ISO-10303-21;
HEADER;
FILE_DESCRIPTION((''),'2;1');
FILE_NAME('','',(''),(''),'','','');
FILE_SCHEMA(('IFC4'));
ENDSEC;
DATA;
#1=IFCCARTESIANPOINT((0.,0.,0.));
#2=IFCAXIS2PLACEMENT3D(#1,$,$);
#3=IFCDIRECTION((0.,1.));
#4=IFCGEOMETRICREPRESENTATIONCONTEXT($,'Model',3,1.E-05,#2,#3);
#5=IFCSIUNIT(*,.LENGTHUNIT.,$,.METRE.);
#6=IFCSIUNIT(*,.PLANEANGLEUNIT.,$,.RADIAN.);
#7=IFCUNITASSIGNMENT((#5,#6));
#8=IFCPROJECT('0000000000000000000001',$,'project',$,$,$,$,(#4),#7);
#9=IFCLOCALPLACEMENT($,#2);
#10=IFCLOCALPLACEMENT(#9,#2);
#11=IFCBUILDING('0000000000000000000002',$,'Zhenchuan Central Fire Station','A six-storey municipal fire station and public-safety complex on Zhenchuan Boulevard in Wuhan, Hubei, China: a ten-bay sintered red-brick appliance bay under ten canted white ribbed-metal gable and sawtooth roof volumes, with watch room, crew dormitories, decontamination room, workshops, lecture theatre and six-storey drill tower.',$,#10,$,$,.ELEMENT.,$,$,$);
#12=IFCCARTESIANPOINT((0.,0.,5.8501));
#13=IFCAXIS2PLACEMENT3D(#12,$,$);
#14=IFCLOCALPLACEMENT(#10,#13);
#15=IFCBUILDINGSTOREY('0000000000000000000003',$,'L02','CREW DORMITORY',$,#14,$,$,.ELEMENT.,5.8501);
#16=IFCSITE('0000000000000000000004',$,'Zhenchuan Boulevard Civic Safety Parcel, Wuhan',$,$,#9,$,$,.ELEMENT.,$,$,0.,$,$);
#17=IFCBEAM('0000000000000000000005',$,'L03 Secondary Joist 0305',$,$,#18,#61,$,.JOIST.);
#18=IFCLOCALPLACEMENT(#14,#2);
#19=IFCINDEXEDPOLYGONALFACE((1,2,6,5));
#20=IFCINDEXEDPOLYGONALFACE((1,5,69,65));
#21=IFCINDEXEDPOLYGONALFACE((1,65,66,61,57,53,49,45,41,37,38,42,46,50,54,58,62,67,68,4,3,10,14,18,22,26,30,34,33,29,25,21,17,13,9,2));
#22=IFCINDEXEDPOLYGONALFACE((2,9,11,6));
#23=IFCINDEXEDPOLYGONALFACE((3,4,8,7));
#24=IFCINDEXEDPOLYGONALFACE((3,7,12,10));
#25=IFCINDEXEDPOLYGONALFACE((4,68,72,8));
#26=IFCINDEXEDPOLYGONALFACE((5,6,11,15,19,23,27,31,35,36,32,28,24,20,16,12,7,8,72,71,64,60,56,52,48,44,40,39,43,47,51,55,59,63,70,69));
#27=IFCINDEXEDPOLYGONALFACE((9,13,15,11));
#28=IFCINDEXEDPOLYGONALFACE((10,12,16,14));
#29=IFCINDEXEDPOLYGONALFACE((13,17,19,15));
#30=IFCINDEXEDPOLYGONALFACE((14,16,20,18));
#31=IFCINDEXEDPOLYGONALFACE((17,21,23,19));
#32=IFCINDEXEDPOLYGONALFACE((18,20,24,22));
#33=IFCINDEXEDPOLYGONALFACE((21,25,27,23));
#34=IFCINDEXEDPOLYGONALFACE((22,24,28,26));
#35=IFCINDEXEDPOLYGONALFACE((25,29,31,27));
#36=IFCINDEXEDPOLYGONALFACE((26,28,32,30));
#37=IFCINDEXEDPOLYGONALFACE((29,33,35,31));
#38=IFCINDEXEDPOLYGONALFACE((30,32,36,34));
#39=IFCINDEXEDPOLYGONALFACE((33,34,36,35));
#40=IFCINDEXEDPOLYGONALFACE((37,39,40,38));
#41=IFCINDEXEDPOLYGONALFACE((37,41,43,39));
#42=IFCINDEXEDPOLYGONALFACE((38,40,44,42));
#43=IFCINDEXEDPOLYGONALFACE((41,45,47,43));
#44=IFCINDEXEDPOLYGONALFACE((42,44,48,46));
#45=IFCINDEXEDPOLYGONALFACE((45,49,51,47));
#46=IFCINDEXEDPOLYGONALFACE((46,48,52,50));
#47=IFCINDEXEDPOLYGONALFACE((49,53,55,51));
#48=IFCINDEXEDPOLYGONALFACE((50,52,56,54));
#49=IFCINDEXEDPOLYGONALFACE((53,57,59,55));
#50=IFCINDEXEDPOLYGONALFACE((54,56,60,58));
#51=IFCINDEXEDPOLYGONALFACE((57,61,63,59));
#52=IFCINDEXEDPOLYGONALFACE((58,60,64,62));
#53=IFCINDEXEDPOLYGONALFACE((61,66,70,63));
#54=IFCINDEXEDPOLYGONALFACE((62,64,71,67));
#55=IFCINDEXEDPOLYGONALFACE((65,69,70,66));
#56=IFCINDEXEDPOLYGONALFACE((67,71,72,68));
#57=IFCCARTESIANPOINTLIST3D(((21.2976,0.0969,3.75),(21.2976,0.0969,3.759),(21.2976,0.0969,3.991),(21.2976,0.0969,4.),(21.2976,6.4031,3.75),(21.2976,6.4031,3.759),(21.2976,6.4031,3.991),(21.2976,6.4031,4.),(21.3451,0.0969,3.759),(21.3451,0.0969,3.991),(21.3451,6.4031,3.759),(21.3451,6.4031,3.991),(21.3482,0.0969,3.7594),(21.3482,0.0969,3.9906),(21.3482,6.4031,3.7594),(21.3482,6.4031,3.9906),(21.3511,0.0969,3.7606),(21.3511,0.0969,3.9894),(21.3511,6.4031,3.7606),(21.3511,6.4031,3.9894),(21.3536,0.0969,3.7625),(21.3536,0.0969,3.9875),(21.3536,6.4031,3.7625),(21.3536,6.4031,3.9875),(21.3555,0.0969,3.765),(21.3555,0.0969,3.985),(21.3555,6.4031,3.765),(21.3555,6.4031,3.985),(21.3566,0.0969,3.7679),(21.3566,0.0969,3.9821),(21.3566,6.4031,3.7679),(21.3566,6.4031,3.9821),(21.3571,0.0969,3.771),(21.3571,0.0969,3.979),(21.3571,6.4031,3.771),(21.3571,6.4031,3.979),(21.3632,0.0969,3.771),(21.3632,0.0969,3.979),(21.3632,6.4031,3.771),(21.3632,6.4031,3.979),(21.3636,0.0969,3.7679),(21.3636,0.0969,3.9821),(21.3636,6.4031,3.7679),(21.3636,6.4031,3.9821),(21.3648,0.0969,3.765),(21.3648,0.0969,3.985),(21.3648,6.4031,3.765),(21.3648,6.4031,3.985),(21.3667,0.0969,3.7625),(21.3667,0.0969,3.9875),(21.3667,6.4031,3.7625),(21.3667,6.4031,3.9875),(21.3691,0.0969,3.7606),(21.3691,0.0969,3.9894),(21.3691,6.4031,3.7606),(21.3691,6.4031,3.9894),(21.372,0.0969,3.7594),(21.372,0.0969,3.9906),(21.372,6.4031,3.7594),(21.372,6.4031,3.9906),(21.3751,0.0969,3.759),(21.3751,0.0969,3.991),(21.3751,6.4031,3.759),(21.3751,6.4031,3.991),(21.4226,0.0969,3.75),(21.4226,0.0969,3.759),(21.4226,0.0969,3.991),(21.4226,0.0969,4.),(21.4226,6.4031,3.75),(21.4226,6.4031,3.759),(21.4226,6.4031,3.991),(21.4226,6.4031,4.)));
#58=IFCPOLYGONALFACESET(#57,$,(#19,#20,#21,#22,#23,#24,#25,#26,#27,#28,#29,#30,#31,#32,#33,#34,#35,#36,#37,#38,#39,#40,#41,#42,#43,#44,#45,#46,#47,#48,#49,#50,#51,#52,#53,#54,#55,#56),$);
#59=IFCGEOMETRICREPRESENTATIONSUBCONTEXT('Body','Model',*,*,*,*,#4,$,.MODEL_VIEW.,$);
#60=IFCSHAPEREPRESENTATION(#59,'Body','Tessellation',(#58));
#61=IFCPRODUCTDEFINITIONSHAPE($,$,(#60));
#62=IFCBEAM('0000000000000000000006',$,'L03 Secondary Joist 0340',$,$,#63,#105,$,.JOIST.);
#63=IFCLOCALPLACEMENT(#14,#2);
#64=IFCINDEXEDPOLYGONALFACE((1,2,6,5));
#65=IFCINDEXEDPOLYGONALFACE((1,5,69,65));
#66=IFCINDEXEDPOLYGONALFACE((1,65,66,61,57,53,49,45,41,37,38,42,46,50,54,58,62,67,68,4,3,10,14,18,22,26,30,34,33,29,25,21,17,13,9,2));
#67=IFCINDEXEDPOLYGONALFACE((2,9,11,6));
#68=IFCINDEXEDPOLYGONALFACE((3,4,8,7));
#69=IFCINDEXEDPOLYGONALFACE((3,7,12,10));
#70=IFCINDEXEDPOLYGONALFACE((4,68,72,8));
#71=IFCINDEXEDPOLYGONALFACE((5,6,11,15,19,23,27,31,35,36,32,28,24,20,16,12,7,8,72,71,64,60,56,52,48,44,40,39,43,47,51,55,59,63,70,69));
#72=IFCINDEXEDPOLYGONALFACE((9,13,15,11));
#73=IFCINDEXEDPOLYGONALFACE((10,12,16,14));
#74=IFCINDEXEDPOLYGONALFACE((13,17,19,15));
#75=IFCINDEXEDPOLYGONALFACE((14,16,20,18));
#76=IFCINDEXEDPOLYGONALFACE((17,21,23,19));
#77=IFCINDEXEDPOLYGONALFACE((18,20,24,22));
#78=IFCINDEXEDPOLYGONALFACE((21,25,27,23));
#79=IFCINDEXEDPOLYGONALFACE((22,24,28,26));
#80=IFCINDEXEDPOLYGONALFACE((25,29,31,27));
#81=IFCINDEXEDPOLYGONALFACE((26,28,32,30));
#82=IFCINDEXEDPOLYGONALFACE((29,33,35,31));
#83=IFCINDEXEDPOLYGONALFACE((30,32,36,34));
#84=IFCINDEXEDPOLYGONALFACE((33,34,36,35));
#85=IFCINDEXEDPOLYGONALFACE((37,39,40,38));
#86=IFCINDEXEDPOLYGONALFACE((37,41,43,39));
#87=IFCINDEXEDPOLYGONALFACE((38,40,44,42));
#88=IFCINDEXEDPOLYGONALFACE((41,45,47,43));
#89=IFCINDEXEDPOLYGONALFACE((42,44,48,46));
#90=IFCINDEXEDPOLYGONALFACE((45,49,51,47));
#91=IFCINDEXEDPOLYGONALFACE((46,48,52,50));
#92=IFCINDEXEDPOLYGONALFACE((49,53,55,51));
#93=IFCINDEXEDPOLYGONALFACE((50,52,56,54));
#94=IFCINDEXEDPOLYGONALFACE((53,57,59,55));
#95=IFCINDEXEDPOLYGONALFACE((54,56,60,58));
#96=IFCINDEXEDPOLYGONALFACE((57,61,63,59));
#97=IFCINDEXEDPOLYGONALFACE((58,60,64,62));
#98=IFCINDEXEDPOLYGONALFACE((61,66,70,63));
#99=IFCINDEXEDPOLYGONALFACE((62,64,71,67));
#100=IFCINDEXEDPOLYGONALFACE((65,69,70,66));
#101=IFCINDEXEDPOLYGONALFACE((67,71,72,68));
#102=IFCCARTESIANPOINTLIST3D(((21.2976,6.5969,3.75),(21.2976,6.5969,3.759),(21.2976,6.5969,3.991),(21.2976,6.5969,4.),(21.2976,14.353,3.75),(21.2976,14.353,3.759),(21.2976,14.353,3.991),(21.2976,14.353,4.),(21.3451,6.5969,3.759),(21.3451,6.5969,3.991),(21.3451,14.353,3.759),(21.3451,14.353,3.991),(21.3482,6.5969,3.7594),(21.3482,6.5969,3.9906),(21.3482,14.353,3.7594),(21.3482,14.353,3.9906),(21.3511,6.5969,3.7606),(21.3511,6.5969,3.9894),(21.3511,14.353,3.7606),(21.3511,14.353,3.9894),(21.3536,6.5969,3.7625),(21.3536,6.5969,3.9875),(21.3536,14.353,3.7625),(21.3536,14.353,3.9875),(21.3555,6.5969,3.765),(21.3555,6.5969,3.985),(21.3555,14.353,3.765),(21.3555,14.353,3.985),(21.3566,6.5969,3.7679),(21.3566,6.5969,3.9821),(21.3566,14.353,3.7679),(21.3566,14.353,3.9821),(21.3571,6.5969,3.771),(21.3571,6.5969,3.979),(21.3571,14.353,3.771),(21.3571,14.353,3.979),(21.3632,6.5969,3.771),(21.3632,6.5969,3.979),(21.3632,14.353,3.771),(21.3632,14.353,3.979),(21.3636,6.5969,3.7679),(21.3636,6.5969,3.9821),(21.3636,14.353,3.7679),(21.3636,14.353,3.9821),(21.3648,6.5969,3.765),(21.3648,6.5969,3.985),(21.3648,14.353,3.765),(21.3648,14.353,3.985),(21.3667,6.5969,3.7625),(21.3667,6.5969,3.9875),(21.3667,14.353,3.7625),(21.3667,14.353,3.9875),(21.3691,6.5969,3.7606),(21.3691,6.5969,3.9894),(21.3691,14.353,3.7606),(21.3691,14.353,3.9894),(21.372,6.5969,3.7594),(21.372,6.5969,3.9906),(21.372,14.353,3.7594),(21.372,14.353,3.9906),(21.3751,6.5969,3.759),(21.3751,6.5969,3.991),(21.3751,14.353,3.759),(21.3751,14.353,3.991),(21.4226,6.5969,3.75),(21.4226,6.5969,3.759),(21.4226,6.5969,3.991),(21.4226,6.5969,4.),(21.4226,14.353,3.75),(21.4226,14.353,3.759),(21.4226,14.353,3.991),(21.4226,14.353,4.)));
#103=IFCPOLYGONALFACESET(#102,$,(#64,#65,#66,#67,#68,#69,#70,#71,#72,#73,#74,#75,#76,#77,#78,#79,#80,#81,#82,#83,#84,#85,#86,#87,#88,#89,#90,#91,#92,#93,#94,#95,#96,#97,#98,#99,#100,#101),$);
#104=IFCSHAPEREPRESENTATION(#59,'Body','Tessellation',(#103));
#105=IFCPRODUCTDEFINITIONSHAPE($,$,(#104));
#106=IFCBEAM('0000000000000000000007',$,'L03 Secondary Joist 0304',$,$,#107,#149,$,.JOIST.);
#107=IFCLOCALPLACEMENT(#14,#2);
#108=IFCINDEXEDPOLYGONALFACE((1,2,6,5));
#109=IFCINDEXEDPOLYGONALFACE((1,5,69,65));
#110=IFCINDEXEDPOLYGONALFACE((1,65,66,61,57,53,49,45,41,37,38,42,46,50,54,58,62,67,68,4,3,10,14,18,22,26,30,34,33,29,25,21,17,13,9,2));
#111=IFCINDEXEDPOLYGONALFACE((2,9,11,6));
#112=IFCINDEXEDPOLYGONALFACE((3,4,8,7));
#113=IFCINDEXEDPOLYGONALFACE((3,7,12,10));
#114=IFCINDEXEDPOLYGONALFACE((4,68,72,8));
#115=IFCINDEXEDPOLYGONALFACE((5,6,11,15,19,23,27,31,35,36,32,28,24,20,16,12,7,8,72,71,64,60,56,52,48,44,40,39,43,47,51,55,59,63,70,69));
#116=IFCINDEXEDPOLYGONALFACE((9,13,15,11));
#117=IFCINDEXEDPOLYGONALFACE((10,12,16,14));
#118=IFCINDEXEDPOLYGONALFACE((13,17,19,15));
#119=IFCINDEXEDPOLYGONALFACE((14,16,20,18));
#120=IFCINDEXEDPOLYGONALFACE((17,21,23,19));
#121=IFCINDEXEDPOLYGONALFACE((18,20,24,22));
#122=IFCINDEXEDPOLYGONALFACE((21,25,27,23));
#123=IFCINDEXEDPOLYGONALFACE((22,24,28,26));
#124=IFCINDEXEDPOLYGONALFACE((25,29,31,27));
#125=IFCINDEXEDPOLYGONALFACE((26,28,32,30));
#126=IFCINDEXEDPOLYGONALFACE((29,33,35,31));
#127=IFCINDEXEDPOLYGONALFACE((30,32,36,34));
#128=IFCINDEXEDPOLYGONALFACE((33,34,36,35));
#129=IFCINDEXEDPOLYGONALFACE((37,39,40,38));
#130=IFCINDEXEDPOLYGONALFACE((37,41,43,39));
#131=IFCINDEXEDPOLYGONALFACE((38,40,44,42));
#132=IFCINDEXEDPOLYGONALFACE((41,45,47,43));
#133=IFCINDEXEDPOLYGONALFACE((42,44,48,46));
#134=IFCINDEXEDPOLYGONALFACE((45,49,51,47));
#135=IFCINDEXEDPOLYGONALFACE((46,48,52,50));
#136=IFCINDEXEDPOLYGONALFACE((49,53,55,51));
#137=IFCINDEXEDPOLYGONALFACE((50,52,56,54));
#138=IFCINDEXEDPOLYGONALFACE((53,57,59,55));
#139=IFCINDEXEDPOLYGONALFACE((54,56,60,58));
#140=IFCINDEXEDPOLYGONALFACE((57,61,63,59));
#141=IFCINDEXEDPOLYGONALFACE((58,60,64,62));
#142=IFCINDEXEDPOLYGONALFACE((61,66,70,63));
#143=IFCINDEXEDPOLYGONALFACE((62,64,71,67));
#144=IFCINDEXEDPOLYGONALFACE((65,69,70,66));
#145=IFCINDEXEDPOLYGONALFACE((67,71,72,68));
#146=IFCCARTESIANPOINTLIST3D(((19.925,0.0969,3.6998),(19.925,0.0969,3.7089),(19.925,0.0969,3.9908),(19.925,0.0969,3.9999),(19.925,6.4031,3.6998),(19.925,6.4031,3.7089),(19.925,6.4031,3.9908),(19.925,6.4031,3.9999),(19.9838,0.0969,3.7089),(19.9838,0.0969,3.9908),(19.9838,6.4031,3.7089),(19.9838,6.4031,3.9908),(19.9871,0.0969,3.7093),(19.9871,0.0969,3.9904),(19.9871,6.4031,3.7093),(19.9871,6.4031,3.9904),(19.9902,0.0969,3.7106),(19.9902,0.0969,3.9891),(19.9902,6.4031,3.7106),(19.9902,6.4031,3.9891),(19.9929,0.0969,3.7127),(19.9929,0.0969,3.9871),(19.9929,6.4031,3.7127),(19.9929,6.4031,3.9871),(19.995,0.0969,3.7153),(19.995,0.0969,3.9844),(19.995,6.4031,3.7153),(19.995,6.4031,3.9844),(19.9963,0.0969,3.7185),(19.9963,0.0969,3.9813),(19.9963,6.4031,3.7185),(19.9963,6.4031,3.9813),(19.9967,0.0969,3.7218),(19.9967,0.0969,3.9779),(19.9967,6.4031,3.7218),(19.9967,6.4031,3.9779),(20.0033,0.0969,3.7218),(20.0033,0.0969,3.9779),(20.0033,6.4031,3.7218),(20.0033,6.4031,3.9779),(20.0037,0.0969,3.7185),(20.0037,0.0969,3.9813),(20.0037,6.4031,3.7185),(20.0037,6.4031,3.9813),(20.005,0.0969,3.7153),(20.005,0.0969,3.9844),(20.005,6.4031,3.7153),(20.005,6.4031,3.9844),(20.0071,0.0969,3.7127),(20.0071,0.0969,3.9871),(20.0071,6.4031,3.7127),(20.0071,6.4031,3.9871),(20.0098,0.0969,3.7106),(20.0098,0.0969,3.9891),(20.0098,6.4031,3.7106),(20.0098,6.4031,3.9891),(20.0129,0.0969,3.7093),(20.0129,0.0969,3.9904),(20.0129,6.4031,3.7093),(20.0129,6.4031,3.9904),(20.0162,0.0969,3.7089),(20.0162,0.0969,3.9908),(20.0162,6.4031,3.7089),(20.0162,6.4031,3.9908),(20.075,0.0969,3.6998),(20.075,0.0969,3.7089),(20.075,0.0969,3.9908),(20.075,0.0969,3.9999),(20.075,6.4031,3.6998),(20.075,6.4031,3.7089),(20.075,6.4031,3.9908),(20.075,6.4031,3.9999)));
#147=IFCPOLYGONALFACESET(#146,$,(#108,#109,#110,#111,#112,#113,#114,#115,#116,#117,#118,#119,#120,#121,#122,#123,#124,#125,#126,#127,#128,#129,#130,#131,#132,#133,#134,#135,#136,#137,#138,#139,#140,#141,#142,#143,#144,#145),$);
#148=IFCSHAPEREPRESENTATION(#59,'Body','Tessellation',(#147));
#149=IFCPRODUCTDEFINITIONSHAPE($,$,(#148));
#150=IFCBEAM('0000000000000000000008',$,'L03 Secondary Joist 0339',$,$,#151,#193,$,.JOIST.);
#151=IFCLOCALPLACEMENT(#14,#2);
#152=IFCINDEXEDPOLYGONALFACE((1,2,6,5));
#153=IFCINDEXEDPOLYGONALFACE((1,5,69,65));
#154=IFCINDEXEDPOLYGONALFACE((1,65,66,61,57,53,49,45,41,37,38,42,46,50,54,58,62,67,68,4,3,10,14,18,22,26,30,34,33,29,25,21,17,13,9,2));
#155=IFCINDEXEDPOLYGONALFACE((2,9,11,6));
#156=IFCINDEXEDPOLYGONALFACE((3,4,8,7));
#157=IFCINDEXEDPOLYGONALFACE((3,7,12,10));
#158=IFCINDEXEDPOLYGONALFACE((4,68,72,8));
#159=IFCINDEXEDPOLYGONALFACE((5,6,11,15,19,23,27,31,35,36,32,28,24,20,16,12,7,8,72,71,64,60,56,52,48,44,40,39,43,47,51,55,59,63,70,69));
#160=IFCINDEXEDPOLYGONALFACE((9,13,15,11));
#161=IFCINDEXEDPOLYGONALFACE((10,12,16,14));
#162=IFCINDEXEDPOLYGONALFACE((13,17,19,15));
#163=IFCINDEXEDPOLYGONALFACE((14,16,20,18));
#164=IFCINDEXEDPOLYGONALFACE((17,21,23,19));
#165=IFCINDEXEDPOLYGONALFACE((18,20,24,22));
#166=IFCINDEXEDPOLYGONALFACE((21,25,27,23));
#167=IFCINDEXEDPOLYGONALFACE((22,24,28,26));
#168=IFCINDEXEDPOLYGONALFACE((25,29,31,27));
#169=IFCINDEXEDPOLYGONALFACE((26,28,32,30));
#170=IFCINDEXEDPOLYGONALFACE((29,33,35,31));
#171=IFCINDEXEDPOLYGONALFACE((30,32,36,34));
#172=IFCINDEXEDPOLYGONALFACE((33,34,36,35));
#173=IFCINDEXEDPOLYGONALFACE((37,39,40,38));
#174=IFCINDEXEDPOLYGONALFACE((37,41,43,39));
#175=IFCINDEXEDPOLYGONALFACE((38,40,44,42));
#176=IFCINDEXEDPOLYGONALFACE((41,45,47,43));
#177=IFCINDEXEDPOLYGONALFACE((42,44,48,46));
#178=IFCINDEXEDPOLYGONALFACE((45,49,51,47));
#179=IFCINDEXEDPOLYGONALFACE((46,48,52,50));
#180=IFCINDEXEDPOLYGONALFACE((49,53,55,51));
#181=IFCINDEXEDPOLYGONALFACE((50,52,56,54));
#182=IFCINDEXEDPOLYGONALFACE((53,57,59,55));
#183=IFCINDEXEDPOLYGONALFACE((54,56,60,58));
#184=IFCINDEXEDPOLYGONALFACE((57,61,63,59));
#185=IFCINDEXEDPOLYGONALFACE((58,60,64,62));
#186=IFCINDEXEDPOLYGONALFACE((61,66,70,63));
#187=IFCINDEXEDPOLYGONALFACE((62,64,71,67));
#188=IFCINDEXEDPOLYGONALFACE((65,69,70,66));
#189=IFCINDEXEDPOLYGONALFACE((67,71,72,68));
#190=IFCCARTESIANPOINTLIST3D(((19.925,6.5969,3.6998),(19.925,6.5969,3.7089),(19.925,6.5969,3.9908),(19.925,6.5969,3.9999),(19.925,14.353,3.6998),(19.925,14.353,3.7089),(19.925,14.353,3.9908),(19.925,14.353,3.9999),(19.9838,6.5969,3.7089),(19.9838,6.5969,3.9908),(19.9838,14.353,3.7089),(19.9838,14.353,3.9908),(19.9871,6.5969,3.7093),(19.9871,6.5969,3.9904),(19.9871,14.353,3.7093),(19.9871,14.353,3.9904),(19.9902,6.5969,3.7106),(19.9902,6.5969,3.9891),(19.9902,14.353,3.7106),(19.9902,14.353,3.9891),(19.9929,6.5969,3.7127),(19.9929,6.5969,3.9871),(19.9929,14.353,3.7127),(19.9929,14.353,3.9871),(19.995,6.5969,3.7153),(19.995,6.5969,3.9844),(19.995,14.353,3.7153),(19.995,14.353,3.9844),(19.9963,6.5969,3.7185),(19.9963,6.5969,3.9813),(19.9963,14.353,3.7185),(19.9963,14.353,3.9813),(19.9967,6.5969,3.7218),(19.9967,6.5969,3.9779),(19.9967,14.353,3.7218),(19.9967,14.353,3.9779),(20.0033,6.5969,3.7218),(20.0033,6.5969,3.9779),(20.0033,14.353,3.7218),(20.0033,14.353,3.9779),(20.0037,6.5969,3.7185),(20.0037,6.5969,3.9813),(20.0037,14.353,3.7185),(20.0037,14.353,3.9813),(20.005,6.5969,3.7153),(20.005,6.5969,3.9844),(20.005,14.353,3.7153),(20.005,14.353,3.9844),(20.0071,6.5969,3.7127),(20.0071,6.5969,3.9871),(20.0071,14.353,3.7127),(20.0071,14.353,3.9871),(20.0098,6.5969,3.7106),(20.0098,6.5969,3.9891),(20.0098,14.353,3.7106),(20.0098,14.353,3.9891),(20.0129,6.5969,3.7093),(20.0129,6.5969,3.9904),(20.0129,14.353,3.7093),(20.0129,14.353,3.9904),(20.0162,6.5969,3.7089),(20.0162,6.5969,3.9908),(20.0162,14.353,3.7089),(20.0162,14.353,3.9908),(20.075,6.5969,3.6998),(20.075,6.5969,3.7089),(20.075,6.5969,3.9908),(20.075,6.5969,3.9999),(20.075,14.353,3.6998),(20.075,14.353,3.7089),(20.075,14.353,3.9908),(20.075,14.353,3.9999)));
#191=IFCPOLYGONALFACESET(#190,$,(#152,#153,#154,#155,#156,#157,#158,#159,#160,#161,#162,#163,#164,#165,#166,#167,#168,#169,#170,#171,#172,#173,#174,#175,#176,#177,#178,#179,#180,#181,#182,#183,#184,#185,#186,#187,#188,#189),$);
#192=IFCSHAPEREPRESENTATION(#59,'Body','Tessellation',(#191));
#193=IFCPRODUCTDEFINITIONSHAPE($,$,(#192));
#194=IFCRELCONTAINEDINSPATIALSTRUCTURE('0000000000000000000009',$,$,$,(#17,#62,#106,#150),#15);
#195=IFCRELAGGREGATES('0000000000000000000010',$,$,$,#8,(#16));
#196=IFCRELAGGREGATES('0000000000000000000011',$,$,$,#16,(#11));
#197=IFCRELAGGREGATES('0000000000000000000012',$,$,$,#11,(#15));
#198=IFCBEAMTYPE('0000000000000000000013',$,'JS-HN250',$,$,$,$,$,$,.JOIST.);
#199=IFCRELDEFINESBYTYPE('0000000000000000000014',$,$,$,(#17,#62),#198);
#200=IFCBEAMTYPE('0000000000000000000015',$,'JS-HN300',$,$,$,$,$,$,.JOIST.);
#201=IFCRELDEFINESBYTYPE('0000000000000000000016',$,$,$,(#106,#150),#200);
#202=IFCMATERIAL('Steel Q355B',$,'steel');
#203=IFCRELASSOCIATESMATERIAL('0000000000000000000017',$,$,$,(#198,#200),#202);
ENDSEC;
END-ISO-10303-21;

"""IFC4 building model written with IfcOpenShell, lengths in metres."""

from ifc_helpers import new_model, si_unit, direction, frame, origin, origin_2d, place, context, subcontext, project, spatial, i_section, extrude, material, material_profile, profile_set, type_object, element, save


model = new_model("IFC4")

# Units and contexts
model_context = context("Model", 3, precision=1e-05, world=origin(), true_north=direction((0.0, 1.0)))
body_context = subcontext(model_context, "Body", "Model", "MODEL_VIEW")
ifc_project = project(units=[si_unit("LENGTHUNIT", "METRE"), si_unit("PLANEANGLEUNIT", "RADIAN")], contexts=[model_context])

# Site, building, storey
site_placement = place(None, origin())
site = spatial("IfcSite", under=ifc_project, at=site_placement, Name="Zhenchuan Boulevard Civic Safety Parcel, Wuhan", CompositionType="ELEMENT", RefElevation=0.0)
building_placement = place(site_placement, origin())
building = spatial("IfcBuilding", under=site, at=building_placement, Name="Zhenchuan Central Fire Station", Description="A six-storey municipal fire station and public-safety complex on Zhenchuan Boulevard in Wuhan, Hubei, China: a ten-bay sintered red-brick appliance bay under ten canted white ribbed-metal gable and sawtooth roof volumes, with watch room, crew dormitories, decontamination room, workshops, lecture theatre and six-storey drill tower.", CompositionType="ELEMENT")
storey_placement = place(building_placement, frame((0.0, 0.0, 5.8501)))
storey = spatial("IfcBuildingStorey", under=building, at=storey_placement, Name="L02", Description="CREW DORMITORY", CompositionType="ELEMENT", Elevation=5.8501)

# Shared definitions
ifc_material_1 = material(Name="Steel Q355B", Category="steel")

# Beams
ifc_material_profile_1 = material_profile(ifc_material_1, i_section(OverallWidth=0.125, OverallDepth=0.25, WebThickness=0.0061, FlangeThickness=0.009, FilletRadius=0.012, at=origin_2d()), Name="HN 250x125")
ifc_profile_set_1 = profile_set([ifc_material_profile_1], Name="Steel Q355B")
beam_type_1 = type_object("IfcBeamType", Name="JS-HN250", PredefinedType="JOIST", material=ifc_profile_set_1)
beam_1_placement = place(storey_placement, frame((21.3601, 0.0969, 3.875), z_axis=(0.0, 1.0, 0.0), x_axis=(-1.0, 0.0, 0.0)))
element("IfcBeam", 1, at=beam_1_placement, inside=storey, type_object=beam_type_1, Name="L03 Secondary Joist 0305", PredefinedType="JOIST", context=body_context, shape_type="SweptSolid", body=[
    extrude(i_section(OverallWidth=0.125, OverallDepth=0.25, WebThickness=0.0061, FlangeThickness=0.009, FilletRadius=0.012, at=origin_2d()), origin(), (0.0, 0.0, 1.0), 6.3062),
])
beam_2_placement = place(storey_placement, frame((21.3601, 6.5969, 3.875), z_axis=(0.0, 1.0, 0.0), x_axis=(-1.0, 0.0, 0.0)))
element("IfcBeam", 2, at=beam_2_placement, inside=storey, type_object=beam_type_1, Name="L03 Secondary Joist 0340", PredefinedType="JOIST", context=body_context, shape_type="SweptSolid", body=[
    extrude(i_section(OverallWidth=0.125, OverallDepth=0.25, WebThickness=0.0061, FlangeThickness=0.009, FilletRadius=0.012, at=origin_2d()), origin(), (0.0, 0.0, 1.0), 7.7561),
])
ifc_material_profile_2 = material_profile(ifc_material_1, i_section(OverallWidth=0.1499, OverallDepth=0.3, WebThickness=0.0066, FlangeThickness=0.009, FilletRadius=0.0129, at=origin_2d()), Name="HN 300x150")
ifc_profile_set_2 = profile_set([ifc_material_profile_2], Name="Steel Q355B")
beam_type_2 = type_object("IfcBeamType", Name="JS-HN300", PredefinedType="JOIST", material=ifc_profile_set_2)
beam_3_placement = place(storey_placement, frame((20.0, 0.0969, 3.8499), z_axis=(0.0, 1.0, 0.0), x_axis=(-1.0, 0.0, 0.0)))
element("IfcBeam", 3, at=beam_3_placement, inside=storey, type_object=beam_type_2, Name="L03 Secondary Joist 0304", PredefinedType="JOIST", context=body_context, shape_type="SweptSolid", body=[
    extrude(i_section(OverallWidth=0.1499, OverallDepth=0.3, WebThickness=0.0066, FlangeThickness=0.009, FilletRadius=0.0129, at=origin_2d()), origin(), (0.0, 0.0, 1.0), 6.3062),
])
beam_4_placement = place(storey_placement, frame((20.0, 6.5969, 3.8499), z_axis=(0.0, 1.0, 0.0), x_axis=(-1.0, 0.0, 0.0)))
element("IfcBeam", 4, at=beam_4_placement, inside=storey, type_object=beam_type_2, Name="L03 Secondary Joist 0339", PredefinedType="JOIST", context=body_context, shape_type="SweptSolid", body=[
    extrude(i_section(OverallWidth=0.1499, OverallDepth=0.3, WebThickness=0.0066, FlangeThickness=0.009, FilletRadius=0.0129, at=origin_2d()), origin(), (0.0, 0.0, 1.0), 7.7561),
])

save(model, "model.ifc")
